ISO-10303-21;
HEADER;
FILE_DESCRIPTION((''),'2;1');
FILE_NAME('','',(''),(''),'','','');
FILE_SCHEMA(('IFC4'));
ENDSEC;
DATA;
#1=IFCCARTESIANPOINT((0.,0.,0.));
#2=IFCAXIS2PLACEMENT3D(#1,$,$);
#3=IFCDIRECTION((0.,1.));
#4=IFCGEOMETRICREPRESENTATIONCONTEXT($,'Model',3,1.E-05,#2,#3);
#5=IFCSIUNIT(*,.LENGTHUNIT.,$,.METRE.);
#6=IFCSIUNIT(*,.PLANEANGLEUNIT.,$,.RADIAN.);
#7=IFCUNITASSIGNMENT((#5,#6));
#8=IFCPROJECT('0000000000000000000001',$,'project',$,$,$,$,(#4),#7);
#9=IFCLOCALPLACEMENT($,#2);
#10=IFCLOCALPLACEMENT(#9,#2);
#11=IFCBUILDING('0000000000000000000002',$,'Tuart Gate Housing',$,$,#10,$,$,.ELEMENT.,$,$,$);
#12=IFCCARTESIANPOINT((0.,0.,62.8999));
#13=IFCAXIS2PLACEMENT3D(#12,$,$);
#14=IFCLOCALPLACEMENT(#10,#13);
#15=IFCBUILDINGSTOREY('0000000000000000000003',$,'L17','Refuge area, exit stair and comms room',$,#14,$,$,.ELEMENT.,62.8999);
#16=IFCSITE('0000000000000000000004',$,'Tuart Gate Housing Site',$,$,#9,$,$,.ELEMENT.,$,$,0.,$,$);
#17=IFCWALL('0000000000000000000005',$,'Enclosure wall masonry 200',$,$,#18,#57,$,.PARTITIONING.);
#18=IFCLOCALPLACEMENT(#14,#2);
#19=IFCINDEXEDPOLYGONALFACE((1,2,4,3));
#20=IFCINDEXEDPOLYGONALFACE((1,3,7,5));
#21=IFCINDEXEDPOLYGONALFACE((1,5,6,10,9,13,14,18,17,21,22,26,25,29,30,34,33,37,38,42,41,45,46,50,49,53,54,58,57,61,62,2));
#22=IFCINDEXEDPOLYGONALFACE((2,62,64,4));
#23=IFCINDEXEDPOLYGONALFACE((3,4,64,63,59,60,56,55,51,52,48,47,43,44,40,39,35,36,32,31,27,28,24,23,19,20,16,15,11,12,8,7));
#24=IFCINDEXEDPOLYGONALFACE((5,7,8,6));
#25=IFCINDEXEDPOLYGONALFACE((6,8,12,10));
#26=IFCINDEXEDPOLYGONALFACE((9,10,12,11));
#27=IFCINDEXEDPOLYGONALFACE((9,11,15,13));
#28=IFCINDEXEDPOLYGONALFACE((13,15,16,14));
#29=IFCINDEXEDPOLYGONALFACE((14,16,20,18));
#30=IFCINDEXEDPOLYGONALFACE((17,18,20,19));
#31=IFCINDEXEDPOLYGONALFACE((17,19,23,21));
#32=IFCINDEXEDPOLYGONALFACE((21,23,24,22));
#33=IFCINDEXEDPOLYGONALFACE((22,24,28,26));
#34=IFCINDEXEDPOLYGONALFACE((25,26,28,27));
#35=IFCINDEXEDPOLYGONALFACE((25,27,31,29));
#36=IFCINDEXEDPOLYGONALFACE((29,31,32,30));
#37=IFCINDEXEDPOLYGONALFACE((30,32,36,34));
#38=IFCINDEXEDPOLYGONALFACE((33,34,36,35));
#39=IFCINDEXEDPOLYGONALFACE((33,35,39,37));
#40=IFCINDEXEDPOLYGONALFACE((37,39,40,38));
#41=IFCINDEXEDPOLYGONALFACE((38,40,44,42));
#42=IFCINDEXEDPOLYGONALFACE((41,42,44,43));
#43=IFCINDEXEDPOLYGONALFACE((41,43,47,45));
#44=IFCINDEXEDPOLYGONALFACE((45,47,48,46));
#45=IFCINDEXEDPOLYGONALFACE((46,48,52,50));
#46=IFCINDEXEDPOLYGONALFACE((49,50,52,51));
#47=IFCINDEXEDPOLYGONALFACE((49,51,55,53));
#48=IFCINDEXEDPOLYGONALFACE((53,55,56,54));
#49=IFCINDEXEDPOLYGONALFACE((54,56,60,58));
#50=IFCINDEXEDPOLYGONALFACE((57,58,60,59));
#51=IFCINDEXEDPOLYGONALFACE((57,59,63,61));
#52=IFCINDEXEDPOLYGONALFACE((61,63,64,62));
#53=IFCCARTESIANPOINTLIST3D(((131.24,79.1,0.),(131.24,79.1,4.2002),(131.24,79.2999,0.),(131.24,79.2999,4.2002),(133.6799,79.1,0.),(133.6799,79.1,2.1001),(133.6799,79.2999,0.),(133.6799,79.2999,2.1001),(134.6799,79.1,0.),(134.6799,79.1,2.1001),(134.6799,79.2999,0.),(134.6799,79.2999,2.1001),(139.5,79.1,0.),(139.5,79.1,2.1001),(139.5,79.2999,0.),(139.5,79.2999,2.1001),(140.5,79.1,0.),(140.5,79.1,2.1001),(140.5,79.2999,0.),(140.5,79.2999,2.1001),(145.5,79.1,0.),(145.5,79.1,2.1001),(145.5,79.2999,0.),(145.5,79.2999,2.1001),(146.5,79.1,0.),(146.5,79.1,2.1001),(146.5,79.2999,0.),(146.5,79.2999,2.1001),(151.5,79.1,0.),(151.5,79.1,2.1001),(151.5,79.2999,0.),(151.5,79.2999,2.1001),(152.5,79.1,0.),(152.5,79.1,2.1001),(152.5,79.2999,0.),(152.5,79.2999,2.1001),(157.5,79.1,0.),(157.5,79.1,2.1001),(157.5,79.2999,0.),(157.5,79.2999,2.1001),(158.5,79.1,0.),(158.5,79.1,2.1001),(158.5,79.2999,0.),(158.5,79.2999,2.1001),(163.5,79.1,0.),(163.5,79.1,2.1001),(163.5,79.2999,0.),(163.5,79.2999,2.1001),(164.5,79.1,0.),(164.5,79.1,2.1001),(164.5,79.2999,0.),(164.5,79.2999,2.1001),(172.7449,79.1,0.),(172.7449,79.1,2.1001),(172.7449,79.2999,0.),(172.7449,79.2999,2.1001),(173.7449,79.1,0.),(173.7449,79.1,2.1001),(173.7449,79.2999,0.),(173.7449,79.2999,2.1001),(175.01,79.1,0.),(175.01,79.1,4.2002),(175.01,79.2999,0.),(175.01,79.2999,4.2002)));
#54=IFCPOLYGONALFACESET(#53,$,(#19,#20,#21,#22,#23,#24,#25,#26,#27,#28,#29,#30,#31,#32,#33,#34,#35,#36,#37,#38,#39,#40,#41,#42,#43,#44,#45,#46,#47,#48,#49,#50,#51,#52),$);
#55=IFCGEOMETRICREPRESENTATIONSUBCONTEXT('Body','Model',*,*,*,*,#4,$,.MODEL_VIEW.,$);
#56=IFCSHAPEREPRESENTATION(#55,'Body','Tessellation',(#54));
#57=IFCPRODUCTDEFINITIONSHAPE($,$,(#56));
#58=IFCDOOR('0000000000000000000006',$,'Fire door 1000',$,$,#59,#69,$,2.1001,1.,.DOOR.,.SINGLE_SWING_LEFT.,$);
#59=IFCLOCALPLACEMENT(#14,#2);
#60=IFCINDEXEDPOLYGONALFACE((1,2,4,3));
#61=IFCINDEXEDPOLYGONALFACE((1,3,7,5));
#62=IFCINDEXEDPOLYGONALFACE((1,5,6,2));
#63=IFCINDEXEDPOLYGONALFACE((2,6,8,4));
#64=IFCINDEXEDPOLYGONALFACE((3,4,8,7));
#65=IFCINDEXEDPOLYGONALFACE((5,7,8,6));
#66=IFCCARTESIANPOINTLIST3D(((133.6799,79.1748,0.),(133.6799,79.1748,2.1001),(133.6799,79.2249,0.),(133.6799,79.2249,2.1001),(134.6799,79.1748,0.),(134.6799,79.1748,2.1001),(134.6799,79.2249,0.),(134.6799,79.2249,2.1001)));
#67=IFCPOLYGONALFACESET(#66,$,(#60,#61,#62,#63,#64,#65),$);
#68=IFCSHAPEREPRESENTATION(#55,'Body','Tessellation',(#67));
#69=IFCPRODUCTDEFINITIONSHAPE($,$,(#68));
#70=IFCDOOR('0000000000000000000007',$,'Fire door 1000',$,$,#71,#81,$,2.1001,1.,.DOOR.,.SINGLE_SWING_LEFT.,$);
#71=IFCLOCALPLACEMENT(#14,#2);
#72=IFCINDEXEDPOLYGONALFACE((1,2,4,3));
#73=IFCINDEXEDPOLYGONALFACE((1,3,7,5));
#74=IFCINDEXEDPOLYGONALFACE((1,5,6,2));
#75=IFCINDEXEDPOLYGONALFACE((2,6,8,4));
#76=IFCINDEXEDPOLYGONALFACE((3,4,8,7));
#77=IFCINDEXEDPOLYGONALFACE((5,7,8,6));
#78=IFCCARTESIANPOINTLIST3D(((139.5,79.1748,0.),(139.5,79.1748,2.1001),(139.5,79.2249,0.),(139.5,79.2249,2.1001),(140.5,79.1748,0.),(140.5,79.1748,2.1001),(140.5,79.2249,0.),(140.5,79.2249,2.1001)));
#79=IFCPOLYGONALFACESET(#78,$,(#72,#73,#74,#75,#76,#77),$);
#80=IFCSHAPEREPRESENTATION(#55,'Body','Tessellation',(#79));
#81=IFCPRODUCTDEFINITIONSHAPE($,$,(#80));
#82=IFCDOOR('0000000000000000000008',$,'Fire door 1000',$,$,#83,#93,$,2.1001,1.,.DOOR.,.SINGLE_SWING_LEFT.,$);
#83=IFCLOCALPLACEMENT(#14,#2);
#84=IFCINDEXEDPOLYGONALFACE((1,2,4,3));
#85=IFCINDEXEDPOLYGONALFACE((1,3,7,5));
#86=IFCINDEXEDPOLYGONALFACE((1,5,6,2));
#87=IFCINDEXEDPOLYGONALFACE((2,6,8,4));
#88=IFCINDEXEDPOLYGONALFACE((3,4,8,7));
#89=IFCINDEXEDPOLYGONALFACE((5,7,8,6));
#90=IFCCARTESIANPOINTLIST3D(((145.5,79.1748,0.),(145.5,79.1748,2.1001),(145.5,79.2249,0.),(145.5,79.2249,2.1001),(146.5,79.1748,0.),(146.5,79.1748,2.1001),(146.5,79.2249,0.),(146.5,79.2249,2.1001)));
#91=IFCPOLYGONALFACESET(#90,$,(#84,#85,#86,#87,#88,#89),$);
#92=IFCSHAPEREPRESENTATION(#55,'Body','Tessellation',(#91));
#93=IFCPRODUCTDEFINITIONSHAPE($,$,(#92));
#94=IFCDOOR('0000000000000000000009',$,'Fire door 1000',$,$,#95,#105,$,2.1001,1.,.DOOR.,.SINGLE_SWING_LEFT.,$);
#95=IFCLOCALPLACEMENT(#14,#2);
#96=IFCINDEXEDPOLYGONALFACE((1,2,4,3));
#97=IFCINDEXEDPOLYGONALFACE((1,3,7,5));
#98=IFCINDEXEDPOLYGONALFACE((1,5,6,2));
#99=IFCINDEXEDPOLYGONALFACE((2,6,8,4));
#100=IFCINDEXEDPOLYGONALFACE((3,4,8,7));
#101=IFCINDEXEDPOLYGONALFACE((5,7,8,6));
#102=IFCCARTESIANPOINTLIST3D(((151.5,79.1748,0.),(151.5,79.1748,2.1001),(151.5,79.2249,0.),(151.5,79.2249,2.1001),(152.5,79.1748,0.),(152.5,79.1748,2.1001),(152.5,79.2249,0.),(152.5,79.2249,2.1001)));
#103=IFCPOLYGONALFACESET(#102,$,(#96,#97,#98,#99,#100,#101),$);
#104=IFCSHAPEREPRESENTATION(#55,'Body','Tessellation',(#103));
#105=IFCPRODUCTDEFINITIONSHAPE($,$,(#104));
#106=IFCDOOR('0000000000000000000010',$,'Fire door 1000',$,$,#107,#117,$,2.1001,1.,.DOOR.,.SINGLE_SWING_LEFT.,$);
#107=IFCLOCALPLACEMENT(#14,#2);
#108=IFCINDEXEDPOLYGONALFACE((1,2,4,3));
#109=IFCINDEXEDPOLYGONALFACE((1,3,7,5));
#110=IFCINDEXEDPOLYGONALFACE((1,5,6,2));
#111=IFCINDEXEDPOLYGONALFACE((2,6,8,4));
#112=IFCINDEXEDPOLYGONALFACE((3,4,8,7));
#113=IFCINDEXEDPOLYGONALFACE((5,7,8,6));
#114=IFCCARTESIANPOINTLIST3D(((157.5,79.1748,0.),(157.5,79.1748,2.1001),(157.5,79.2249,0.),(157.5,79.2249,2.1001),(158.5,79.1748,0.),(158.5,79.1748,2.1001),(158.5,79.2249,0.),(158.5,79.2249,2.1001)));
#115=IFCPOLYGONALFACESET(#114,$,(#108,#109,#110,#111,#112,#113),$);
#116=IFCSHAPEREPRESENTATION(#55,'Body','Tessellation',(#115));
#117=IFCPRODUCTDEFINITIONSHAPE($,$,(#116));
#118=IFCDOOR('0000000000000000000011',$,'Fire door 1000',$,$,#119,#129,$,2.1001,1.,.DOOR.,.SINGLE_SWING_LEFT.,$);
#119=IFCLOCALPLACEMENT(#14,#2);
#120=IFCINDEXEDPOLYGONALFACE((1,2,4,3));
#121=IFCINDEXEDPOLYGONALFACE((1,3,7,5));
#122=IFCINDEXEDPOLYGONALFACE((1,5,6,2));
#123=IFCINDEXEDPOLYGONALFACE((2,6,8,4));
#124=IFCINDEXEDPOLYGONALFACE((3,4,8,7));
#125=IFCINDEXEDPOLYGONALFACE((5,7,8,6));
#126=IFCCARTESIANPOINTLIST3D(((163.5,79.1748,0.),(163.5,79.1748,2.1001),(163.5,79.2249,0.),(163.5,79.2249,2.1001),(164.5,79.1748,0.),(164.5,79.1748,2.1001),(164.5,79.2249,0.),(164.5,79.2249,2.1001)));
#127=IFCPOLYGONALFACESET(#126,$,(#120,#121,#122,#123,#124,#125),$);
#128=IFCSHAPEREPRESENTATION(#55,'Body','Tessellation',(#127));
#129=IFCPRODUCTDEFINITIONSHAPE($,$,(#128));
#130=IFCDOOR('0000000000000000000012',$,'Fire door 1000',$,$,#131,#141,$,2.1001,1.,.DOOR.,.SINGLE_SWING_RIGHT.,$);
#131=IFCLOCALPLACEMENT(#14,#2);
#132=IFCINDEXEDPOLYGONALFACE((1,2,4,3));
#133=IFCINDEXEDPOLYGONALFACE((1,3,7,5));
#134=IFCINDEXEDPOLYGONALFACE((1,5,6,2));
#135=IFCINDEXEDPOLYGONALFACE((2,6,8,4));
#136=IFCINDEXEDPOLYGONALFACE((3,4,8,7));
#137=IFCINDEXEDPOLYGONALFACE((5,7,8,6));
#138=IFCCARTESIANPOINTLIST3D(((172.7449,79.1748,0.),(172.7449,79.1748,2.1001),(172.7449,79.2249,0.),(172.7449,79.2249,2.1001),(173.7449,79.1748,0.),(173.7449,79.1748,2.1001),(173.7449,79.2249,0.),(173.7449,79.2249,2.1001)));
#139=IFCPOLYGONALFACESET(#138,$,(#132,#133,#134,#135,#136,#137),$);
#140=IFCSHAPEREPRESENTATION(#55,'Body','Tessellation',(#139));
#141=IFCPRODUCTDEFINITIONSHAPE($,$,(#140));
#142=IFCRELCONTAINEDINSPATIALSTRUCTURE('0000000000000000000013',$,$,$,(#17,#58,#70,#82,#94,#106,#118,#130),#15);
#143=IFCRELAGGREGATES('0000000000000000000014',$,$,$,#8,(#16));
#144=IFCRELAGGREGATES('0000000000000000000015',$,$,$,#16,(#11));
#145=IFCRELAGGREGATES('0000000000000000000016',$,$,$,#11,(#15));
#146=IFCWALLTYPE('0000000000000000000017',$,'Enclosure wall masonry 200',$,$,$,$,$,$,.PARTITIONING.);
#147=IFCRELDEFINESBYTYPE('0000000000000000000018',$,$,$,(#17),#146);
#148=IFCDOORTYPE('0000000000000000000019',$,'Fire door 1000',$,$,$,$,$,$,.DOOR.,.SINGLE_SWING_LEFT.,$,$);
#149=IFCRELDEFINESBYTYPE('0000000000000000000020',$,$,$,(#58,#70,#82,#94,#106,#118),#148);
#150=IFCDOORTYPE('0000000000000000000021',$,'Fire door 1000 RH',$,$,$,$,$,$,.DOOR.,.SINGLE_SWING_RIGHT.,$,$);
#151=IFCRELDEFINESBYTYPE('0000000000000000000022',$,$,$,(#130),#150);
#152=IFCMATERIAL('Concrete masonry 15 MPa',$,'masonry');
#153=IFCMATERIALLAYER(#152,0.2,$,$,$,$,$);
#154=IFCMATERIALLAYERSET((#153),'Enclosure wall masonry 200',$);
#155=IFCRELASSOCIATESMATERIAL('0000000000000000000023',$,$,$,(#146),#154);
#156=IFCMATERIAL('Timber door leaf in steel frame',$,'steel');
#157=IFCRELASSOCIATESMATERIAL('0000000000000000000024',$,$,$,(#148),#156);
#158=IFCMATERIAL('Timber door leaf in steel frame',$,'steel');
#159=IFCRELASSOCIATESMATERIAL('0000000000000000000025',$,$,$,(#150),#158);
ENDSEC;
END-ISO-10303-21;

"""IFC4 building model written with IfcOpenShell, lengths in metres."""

from ifc_helpers import new_model, si_unit, direction, frame, frame_2d, origin, place, context, subcontext, project, spatial, rectangle, extrude, material, layer, layer_set, type_object, element, fill, save


model = new_model("IFC4")

# Units and contexts
model_context = context("Model", 3, precision=1e-05, world=origin(), true_north=direction((0.0, 1.0)))
body_context = subcontext(model_context, "Body", "Model", "MODEL_VIEW")
ifc_project = project(units=[si_unit("LENGTHUNIT", "METRE"), si_unit("PLANEANGLEUNIT", "RADIAN")], contexts=[model_context])

# Site, building, storey
site_placement = place(None, origin())
site = spatial("IfcSite", under=ifc_project, at=site_placement, Name="Tuart Gate Housing Site", CompositionType="ELEMENT", RefElevation=0.0)
building_placement = place(site_placement, origin())
building = spatial("IfcBuilding", under=site, at=building_placement, Name="Tuart Gate Housing", CompositionType="ELEMENT")
storey_placement = place(building_placement, frame((0.0, 0.0, 62.8999)))
storey = spatial("IfcBuildingStorey", under=building, at=storey_placement, Name="L17", Description="Refuge area, exit stair and comms room", CompositionType="ELEMENT", Elevation=62.8999)

# Wall, openings, doors
ifc_material_1 = material(Name="Concrete masonry 15 MPa", Category="masonry")
ifc_layer_1 = layer(ifc_material_1, 0.2)
ifc_layer_set_1 = layer_set([ifc_layer_1], Name="Enclosure wall masonry 200")
wall_type_1 = type_object("IfcWallType", Name="Enclosure wall masonry 200", PredefinedType="PARTITIONING", material=ifc_layer_set_1)
wall_1_placement = place(storey_placement, frame((131.24, 79.2, 0.0), z_axis=(0.0, 0.0, 1.0), x_axis=(1.0, 0.0, 0.0)))
wall_1 = element("IfcWall", 1, at=wall_1_placement, inside=storey, type_object=wall_type_1, Name="Enclosure wall masonry 200", PredefinedType="PARTITIONING", context=body_context, shape_type="SweptSolid", body=[
    extrude(rectangle(XDim=43.77, YDim=0.2, at=frame_2d((21.885, 0.0))), origin(), (0.0, 0.0, 1.0), 4.2002),
])
opening_1_placement = place(wall_1_placement, frame((2.4399, 0.0, 0.0)))
opening_1 = element("IfcOpeningElement", 2, at=opening_1_placement, cuts=wall_1, PredefinedType="OPENING", context=body_context, shape_type="SweptSolid", body=[
    extrude(rectangle(XDim=1.0, YDim=2.1001, at=frame_2d((0.5, 1.05))), frame((0.0, 0.1099, 0.0), z_axis=(0.0, -1.0, 0.0), x_axis=(1.0, 0.0, 0.0)), (0.0, 0.0, 1.0), 0.22),
])
opening_2_placement = place(wall_1_placement, frame((8.26, 0.0, 0.0)))
opening_2 = element("IfcOpeningElement", 3, at=opening_2_placement, cuts=wall_1, PredefinedType="OPENING", context=body_context, shape_type="SweptSolid", body=[
    extrude(rectangle(XDim=1.0, YDim=2.1001, at=frame_2d((0.5, 1.05))), frame((0.0, 0.1099, 0.0), z_axis=(0.0, -1.0, 0.0), x_axis=(1.0, 0.0, 0.0)), (0.0, 0.0, 1.0), 0.22),
])
opening_3_placement = place(wall_1_placement, frame((14.26, 0.0, 0.0)))
opening_3 = element("IfcOpeningElement", 4, at=opening_3_placement, cuts=wall_1, PredefinedType="OPENING", context=body_context, shape_type="SweptSolid", body=[
    extrude(rectangle(XDim=1.0, YDim=2.1001, at=frame_2d((0.5, 1.05))), frame((0.0, 0.1099, 0.0), z_axis=(0.0, -1.0, 0.0), x_axis=(1.0, 0.0, 0.0)), (0.0, 0.0, 1.0), 0.22),
])
opening_4_placement = place(wall_1_placement, frame((20.26, 0.0, 0.0)))
opening_4 = element("IfcOpeningElement", 5, at=opening_4_placement, cuts=wall_1, PredefinedType="OPENING", context=body_context, shape_type="SweptSolid", body=[
    extrude(rectangle(XDim=1.0, YDim=2.1001, at=frame_2d((0.5, 1.05))), frame((0.0, 0.1099, 0.0), z_axis=(0.0, -1.0, 0.0), x_axis=(1.0, 0.0, 0.0)), (0.0, 0.0, 1.0), 0.22),
])
opening_5_placement = place(wall_1_placement, frame((26.26, 0.0, 0.0)))
opening_5 = element("IfcOpeningElement", 6, at=opening_5_placement, cuts=wall_1, PredefinedType="OPENING", context=body_context, shape_type="SweptSolid", body=[
    extrude(rectangle(XDim=1.0, YDim=2.1001, at=frame_2d((0.5, 1.05))), frame((0.0, 0.1099, 0.0), z_axis=(0.0, -1.0, 0.0), x_axis=(1.0, 0.0, 0.0)), (0.0, 0.0, 1.0), 0.22),
])
opening_6_placement = place(wall_1_placement, frame((32.26, 0.0, 0.0)))
opening_6 = element("IfcOpeningElement", 7, at=opening_6_placement, cuts=wall_1, PredefinedType="OPENING", context=body_context, shape_type="SweptSolid", body=[
    extrude(rectangle(XDim=1.0, YDim=2.1001, at=frame_2d((0.5, 1.05))), frame((0.0, 0.1099, 0.0), z_axis=(0.0, -1.0, 0.0), x_axis=(1.0, 0.0, 0.0)), (0.0, 0.0, 1.0), 0.22),
])
opening_7_placement = place(wall_1_placement, frame((41.5049, 0.0, 0.0)))
opening_7 = element("IfcOpeningElement", 8, at=opening_7_placement, cuts=wall_1, PredefinedType="OPENING", context=body_context, shape_type="SweptSolid", body=[
    extrude(rectangle(XDim=1.0, YDim=2.1001, at=frame_2d((0.5, 1.05))), frame((0.0, 0.1099, 0.0), z_axis=(0.0, -1.0, 0.0), x_axis=(1.0, 0.0, 0.0)), (0.0, 0.0, 1.0), 0.22),
])
ifc_material_2 = material(Name="Timber door leaf in steel frame", Category="steel")
door_type_1 = type_object("IfcDoorType", Name="Fire door 1000", OperationType="SINGLE_SWING_LEFT", PredefinedType="DOOR", material=ifc_material_2)
door_1_placement = place(opening_1_placement, origin())
door_1 = element("IfcDoor", 9, at=door_1_placement, inside=storey, type_object=door_type_1, Name="Fire door 1000", OperationType="SINGLE_SWING_LEFT", OverallHeight=2.1001, OverallWidth=1.0, PredefinedType="DOOR", context=body_context, shape_type="SweptSolid", body=[
    extrude(rectangle(XDim=1.0, YDim=2.1001, at=frame_2d((0.5, 1.05))), frame((0.0, 0.0249, 0.0), z_axis=(0.0, -1.0, 0.0), x_axis=(1.0, 0.0, 0.0)), (0.0, 0.0, 1.0), 0.05),
])
fill(opening_1, door_1)
door_2_placement = place(opening_2_placement, origin())
door_2 = element("IfcDoor", 10, at=door_2_placement, inside=storey, type_object=door_type_1, Name="Fire door 1000", OperationType="SINGLE_SWING_LEFT", OverallHeight=2.1001, OverallWidth=1.0, PredefinedType="DOOR", context=body_context, shape_type="SweptSolid", body=[
    extrude(rectangle(XDim=1.0, YDim=2.1001, at=frame_2d((0.5, 1.05))), frame((0.0, 0.0249, 0.0), z_axis=(0.0, -1.0, 0.0), x_axis=(1.0, 0.0, 0.0)), (0.0, 0.0, 1.0), 0.05),
])
fill(opening_2, door_2)
door_3_placement = place(opening_3_placement, origin())
door_3 = element("IfcDoor", 11, at=door_3_placement, inside=storey, type_object=door_type_1, Name="Fire door 1000", OperationType="SINGLE_SWING_LEFT", OverallHeight=2.1001, OverallWidth=1.0, PredefinedType="DOOR", context=body_context, shape_type="SweptSolid", body=[
    extrude(rectangle(XDim=1.0, YDim=2.1001, at=frame_2d((0.5, 1.05))), frame((0.0, 0.0249, 0.0), z_axis=(0.0, -1.0, 0.0), x_axis=(1.0, 0.0, 0.0)), (0.0, 0.0, 1.0), 0.05),
])
fill(opening_3, door_3)
door_4_placement = place(opening_4_placement, origin())
door_4 = element("IfcDoor", 12, at=door_4_placement, inside=storey, type_object=door_type_1, Name="Fire door 1000", OperationType="SINGLE_SWING_LEFT", OverallHeight=2.1001, OverallWidth=1.0, PredefinedType="DOOR", context=body_context, shape_type="SweptSolid", body=[
    extrude(rectangle(XDim=1.0, YDim=2.1001, at=frame_2d((0.5, 1.05))), frame((0.0, 0.0249, 0.0), z_axis=(0.0, -1.0, 0.0), x_axis=(1.0, 0.0, 0.0)), (0.0, 0.0, 1.0), 0.05),
])
fill(opening_4, door_4)
door_5_placement = place(opening_5_placement, origin())
door_5 = element("IfcDoor", 13, at=door_5_placement, inside=storey, type_object=door_type_1, Name="Fire door 1000", OperationType="SINGLE_SWING_LEFT", OverallHeight=2.1001, OverallWidth=1.0, PredefinedType="DOOR", context=body_context, shape_type="SweptSolid", body=[
    extrude(rectangle(XDim=1.0, YDim=2.1001, at=frame_2d((0.5, 1.05))), frame((0.0, 0.0249, 0.0), z_axis=(0.0, -1.0, 0.0), x_axis=(1.0, 0.0, 0.0)), (0.0, 0.0, 1.0), 0.05),
])
fill(opening_5, door_5)
door_6_placement = place(opening_6_placement, origin())
door_6 = element("IfcDoor", 14, at=door_6_placement, inside=storey, type_object=door_type_1, Name="Fire door 1000", OperationType="SINGLE_SWING_LEFT", OverallHeight=2.1001, OverallWidth=1.0, PredefinedType="DOOR", context=body_context, shape_type="SweptSolid", body=[
    extrude(rectangle(XDim=1.0, YDim=2.1001, at=frame_2d((0.5, 1.05))), frame((0.0, 0.0249, 0.0), z_axis=(0.0, -1.0, 0.0), x_axis=(1.0, 0.0, 0.0)), (0.0, 0.0, 1.0), 0.05),
])
fill(opening_6, door_6)
ifc_material_3 = material(Name="Timber door leaf in steel frame", Category="steel")
door_type_2 = type_object("IfcDoorType", Name="Fire door 1000 RH", OperationType="SINGLE_SWING_RIGHT", PredefinedType="DOOR", material=ifc_material_3)
door_7_placement = place(opening_7_placement, origin())
door_7 = element("IfcDoor", 15, at=door_7_placement, inside=storey, type_object=door_type_2, Name="Fire door 1000", OperationType="SINGLE_SWING_RIGHT", OverallHeight=2.1001, OverallWidth=1.0, PredefinedType="DOOR", context=body_context, shape_type="SweptSolid", body=[
    extrude(rectangle(XDim=1.0, YDim=2.1001, at=frame_2d((0.5, 1.05))), frame((0.0, 0.0249, 0.0), z_axis=(0.0, -1.0, 0.0), x_axis=(1.0, 0.0, 0.0)), (0.0, 0.0, 1.0), 0.05),
])
fill(opening_7, door_7)

save(model, "model.ifc")
